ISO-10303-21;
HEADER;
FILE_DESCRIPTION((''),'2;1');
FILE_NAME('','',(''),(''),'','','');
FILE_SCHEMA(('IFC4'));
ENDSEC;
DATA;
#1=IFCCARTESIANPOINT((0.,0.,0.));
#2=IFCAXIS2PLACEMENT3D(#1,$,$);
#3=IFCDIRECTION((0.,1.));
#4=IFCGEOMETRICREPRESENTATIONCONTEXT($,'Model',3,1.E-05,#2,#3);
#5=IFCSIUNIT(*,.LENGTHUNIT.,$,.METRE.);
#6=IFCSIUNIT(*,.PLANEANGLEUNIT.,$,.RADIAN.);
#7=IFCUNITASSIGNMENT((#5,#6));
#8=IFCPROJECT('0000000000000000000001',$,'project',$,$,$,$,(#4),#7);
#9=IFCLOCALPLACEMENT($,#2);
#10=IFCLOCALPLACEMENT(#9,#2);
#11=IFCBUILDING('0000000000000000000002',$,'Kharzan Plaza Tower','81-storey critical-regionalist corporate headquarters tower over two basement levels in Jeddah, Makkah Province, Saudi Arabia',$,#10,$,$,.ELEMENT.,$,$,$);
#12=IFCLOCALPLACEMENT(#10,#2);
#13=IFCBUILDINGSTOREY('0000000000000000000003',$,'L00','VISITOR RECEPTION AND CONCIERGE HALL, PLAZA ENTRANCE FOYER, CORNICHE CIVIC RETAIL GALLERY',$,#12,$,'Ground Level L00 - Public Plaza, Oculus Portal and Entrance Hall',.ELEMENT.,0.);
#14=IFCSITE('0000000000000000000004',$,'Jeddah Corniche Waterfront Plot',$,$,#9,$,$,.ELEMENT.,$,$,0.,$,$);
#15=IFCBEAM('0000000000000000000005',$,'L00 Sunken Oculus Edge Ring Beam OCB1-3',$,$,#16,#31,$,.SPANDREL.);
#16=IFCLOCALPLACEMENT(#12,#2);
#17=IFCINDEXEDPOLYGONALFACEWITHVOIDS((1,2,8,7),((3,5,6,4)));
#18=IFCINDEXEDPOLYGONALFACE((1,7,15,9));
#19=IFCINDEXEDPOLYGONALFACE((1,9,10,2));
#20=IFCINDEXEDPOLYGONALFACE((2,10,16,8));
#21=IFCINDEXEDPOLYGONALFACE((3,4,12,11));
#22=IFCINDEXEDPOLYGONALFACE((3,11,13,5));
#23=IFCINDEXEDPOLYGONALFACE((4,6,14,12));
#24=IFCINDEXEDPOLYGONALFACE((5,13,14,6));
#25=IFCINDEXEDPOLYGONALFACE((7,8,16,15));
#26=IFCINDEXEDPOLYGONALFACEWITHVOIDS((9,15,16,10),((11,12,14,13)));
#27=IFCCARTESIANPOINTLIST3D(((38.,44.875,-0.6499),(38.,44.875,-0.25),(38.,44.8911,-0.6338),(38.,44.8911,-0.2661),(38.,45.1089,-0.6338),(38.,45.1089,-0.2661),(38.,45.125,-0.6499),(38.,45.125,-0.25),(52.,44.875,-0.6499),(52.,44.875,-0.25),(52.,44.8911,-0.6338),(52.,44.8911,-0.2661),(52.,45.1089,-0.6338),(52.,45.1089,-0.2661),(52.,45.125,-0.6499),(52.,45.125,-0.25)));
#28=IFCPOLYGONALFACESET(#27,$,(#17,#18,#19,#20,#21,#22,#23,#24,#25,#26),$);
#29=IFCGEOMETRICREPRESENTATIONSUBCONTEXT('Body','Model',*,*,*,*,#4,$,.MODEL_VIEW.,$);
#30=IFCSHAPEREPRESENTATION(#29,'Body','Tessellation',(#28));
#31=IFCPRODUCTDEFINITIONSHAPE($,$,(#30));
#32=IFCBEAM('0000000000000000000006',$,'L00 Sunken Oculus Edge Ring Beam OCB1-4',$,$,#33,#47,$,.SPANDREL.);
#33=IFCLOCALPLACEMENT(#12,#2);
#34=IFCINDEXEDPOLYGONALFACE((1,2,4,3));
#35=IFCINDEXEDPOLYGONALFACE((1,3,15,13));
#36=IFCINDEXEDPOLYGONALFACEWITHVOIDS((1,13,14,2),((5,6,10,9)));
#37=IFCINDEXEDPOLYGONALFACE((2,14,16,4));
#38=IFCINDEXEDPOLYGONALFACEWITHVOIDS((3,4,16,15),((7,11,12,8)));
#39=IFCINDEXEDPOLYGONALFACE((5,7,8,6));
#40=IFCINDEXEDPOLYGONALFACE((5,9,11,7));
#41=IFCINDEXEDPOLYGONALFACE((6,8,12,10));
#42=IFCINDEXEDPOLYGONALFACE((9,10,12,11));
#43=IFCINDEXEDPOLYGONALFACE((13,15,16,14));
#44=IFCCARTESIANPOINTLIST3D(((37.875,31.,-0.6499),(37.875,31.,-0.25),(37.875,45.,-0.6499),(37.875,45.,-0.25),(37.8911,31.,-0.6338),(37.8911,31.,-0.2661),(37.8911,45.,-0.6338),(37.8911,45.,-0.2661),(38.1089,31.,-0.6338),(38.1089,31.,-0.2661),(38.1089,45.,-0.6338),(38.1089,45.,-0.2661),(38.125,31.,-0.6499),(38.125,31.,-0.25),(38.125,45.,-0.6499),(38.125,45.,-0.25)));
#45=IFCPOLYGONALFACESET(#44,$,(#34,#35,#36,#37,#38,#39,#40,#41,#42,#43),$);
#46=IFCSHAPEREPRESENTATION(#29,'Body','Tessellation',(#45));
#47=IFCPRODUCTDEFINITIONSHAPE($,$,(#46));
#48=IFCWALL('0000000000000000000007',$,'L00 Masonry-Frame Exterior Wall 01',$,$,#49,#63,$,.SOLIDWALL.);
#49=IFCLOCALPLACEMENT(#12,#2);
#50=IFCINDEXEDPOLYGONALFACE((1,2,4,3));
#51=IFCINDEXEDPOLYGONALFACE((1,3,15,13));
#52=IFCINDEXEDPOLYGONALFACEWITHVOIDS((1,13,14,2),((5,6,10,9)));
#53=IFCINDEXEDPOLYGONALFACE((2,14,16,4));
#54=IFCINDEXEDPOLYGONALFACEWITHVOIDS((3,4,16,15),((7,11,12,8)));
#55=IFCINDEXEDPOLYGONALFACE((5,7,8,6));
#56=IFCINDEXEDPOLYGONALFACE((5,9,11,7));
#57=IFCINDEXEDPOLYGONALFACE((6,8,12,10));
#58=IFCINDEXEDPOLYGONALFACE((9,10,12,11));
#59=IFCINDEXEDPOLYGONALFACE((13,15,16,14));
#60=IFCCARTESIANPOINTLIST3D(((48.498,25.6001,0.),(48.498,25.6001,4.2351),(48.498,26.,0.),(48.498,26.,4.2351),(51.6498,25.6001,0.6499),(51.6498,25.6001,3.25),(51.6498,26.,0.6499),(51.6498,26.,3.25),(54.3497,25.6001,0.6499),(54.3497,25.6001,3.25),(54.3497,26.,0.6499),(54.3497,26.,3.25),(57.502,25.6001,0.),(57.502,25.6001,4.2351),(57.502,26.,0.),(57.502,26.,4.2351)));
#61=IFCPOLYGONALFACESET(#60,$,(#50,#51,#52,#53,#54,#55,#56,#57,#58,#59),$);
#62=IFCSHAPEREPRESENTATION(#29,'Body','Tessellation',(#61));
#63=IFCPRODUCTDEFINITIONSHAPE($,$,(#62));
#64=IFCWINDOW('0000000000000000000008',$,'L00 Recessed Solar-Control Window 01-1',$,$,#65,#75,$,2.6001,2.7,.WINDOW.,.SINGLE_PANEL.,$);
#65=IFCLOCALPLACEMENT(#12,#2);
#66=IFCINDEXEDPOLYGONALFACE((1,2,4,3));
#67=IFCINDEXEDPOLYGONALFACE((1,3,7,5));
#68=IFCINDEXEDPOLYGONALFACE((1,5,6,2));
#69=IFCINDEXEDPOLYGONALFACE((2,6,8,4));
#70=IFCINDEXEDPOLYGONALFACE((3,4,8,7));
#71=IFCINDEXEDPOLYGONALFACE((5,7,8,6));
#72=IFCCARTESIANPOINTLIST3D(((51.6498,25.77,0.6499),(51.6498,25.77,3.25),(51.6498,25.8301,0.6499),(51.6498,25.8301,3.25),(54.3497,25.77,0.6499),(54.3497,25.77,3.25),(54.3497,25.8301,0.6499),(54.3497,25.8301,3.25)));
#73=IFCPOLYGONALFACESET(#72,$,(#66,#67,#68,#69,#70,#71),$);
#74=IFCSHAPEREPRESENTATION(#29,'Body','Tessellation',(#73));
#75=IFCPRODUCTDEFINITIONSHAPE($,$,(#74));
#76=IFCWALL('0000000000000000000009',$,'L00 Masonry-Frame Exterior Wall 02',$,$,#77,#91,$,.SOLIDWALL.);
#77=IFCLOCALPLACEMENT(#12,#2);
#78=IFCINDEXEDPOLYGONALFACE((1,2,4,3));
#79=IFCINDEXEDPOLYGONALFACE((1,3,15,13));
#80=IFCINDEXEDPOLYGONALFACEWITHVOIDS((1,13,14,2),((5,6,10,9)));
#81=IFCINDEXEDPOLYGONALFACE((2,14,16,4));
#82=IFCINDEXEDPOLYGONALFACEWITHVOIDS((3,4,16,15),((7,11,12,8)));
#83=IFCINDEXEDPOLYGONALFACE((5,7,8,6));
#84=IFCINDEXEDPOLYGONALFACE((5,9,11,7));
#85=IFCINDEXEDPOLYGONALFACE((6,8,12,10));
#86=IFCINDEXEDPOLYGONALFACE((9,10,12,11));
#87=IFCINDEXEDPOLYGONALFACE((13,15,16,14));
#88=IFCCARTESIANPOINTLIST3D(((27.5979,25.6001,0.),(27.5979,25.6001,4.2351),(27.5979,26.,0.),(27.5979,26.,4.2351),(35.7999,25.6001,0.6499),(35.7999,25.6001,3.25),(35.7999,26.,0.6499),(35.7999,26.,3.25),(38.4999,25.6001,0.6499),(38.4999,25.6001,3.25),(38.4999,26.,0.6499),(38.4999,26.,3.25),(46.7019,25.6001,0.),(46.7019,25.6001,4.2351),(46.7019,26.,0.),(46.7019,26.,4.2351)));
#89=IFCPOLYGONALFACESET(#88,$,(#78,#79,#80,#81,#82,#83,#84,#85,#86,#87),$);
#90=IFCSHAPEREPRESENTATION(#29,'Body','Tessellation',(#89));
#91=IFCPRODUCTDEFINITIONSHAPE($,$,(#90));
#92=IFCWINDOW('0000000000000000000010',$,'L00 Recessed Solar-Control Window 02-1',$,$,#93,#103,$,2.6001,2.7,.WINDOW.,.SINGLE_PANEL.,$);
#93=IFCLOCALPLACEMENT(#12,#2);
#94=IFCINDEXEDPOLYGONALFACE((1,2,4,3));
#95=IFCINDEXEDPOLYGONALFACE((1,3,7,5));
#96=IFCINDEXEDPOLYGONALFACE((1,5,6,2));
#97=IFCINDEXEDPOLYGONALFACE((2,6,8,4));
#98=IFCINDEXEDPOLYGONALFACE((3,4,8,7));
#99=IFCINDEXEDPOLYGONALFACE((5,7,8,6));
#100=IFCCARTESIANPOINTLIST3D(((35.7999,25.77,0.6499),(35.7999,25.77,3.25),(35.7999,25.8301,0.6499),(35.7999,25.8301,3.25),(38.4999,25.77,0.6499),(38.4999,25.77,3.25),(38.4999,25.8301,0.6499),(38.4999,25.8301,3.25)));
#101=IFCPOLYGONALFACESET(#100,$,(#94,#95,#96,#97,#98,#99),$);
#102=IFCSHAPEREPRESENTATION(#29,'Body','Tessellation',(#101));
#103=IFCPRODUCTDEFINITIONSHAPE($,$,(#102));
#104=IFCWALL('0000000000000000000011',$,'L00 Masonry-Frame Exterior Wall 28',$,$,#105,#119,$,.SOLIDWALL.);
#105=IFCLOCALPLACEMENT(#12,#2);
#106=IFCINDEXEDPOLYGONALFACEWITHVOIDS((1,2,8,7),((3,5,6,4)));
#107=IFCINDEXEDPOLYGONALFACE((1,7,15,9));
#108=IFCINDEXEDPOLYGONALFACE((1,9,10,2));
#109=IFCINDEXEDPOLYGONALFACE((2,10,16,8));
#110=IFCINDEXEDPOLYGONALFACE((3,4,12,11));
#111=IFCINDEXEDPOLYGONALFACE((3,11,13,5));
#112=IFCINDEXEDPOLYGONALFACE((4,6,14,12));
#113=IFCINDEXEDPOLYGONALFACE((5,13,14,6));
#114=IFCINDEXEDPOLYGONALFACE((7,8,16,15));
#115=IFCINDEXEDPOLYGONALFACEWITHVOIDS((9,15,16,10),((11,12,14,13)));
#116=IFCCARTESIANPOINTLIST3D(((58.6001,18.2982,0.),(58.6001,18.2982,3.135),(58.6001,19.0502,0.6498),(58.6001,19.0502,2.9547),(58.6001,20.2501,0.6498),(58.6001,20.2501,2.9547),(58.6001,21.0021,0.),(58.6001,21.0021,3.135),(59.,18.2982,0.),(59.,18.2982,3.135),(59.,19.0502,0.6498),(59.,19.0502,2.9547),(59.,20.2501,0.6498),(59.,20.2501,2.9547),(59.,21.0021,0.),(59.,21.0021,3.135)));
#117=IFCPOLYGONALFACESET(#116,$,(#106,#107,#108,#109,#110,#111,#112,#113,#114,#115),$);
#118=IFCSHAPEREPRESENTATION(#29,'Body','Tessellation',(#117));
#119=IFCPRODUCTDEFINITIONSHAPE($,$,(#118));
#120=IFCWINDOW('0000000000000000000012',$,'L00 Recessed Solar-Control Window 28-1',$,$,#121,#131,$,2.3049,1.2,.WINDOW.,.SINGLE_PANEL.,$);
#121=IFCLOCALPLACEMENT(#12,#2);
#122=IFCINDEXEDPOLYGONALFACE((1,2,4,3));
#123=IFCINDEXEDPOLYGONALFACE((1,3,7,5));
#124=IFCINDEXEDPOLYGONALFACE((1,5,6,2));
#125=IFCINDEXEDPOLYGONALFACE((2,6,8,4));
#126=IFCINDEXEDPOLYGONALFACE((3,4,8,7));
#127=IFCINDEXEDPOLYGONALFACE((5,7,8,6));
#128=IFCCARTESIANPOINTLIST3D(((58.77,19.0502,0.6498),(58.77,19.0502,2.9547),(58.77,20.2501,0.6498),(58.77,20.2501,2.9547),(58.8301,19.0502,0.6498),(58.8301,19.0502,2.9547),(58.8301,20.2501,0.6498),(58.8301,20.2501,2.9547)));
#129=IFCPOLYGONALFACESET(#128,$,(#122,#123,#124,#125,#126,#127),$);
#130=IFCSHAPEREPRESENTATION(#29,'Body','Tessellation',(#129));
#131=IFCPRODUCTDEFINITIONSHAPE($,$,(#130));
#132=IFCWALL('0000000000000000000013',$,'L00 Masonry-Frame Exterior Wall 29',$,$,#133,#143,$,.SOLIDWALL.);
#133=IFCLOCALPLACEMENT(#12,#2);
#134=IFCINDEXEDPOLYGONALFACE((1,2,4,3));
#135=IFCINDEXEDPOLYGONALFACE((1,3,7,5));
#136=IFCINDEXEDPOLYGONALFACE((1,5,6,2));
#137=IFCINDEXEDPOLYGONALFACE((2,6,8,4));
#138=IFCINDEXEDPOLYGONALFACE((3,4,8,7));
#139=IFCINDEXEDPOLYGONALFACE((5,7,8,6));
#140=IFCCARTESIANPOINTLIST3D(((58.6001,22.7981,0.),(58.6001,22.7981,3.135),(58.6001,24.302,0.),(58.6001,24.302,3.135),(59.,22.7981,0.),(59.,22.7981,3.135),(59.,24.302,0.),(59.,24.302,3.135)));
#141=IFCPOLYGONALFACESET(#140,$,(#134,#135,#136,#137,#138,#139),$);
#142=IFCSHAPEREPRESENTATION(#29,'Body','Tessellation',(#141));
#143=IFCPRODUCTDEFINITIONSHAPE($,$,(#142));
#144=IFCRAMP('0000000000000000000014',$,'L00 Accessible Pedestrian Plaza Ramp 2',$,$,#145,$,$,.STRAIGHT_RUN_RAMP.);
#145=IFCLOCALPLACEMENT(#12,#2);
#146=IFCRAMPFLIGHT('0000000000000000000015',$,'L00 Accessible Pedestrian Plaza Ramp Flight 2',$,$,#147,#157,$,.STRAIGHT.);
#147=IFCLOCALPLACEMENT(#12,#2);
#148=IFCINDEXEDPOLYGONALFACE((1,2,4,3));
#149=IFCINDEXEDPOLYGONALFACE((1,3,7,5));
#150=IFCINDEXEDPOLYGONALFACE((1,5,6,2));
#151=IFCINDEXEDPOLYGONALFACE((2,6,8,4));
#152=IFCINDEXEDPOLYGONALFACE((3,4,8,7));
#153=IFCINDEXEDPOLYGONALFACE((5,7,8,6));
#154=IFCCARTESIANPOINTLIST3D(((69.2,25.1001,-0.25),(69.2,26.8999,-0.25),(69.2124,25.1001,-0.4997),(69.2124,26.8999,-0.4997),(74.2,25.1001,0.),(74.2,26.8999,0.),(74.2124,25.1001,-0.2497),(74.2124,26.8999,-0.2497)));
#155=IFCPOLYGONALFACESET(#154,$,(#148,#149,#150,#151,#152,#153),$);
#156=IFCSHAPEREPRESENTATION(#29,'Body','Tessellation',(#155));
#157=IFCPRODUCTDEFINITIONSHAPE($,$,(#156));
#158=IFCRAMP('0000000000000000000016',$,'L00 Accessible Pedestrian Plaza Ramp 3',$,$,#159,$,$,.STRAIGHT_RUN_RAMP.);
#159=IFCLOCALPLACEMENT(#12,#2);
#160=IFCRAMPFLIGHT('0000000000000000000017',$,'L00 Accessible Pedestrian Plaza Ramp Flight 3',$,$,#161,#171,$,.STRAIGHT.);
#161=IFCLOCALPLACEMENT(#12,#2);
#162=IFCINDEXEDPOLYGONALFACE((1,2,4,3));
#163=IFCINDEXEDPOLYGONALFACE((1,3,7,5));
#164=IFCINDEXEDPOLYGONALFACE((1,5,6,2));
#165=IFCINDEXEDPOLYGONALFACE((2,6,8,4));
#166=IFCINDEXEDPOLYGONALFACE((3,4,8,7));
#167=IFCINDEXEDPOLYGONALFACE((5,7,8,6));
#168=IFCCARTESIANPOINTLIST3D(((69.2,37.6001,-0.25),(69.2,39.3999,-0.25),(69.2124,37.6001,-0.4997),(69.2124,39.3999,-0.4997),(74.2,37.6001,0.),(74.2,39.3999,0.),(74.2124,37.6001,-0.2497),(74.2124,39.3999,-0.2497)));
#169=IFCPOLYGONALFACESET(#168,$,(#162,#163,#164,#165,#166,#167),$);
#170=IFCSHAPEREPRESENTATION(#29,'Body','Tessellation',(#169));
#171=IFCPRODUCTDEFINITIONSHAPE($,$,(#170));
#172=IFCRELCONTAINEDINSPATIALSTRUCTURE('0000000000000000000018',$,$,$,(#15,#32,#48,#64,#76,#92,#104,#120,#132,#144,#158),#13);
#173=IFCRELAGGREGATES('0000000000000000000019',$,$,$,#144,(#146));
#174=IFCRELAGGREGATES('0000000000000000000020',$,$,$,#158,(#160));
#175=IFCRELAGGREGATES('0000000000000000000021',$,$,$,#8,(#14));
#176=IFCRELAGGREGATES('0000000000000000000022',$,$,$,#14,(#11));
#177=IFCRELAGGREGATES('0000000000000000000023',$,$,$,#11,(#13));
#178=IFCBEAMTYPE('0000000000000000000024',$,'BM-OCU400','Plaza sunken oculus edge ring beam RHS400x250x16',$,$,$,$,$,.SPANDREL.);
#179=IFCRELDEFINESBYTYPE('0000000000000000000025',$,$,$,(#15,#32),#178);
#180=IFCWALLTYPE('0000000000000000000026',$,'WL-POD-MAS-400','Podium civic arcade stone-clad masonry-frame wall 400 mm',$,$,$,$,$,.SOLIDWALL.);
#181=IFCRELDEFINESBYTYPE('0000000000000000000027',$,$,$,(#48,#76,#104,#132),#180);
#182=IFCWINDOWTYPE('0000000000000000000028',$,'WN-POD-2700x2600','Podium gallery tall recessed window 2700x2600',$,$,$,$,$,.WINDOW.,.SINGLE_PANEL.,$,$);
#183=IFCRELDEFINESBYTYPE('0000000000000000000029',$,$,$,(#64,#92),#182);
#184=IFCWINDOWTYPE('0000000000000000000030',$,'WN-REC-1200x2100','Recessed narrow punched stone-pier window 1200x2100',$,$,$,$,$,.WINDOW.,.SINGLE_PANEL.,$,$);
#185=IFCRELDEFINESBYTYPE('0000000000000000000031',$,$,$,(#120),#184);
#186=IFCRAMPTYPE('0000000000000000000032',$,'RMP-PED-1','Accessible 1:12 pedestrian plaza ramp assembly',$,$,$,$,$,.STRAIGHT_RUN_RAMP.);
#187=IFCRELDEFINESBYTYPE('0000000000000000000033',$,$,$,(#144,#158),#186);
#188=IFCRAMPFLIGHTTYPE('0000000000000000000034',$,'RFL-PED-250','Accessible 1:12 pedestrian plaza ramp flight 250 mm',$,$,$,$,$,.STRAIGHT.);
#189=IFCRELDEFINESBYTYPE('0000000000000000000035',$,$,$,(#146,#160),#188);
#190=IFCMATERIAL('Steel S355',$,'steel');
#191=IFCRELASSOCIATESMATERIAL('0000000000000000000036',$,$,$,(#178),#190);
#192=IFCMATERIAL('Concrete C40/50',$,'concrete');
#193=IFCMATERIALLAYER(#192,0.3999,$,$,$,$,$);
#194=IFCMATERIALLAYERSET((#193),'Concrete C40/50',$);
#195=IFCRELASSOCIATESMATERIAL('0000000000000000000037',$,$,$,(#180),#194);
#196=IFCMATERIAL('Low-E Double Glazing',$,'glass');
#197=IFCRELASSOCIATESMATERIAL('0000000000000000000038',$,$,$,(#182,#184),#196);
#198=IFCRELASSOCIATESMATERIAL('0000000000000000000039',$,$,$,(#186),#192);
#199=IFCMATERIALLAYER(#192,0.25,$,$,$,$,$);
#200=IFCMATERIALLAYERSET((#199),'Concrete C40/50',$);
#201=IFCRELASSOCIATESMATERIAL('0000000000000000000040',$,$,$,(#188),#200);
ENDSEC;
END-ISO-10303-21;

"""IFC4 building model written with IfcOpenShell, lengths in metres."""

from ifc_helpers import new_model, si_unit, direction, frame, frame_2d, origin, origin_2d, place, context, subcontext, project, spatial, polyline, rectangle, hollow_rectangle, outline, extrude, source, transform, mapped, material, layer, layer_set, material_profile, profile_set, type_object, element, fill, aggregate, save


model = new_model("IFC4")

# Units and contexts
model_context = context("Model", 3, precision=1e-05, world=origin(), true_north=direction((0.0, 1.0)))
body_context = subcontext(model_context, "Body", "Model", "MODEL_VIEW")
ifc_project = project(units=[si_unit("LENGTHUNIT", "METRE"), si_unit("PLANEANGLEUNIT", "RADIAN")], contexts=[model_context])

# Site, building, storey
site_placement = place(None, origin())
site = spatial("IfcSite", under=ifc_project, at=site_placement, Name="Jeddah Corniche Waterfront Plot", CompositionType="ELEMENT", RefElevation=0.0)
building_placement = place(site_placement, origin())
building = spatial("IfcBuilding", under=site, at=building_placement, Name="Kharzan Plaza Tower", Description="81-storey critical-regionalist corporate headquarters tower over two basement levels in Jeddah, Makkah Province, Saudi Arabia", CompositionType="ELEMENT")
storey_placement = place(building_placement, origin())
storey = spatial("IfcBuildingStorey", under=building, at=storey_placement, Name="L00", Description="VISITOR RECEPTION AND CONCIERGE HALL, PLAZA ENTRANCE FOYER, CORNICHE CIVIC RETAIL GALLERY", LongName="Ground Level L00 - Public Plaza, Oculus Portal and Entrance Hall", CompositionType="ELEMENT", Elevation=0.0)

# Beams
ifc_material_1 = material(Name="Steel S355", Category="steel")
ifc_material_profile_1 = material_profile(ifc_material_1, hollow_rectangle(XDim=0.25, YDim=0.3999, WallThickness=0.0161, at=origin_2d()), Name="RHS400x250x16")
ifc_profile_set_1 = profile_set([ifc_material_profile_1], Name="Steel S355")
beam_type_1 = type_object("IfcBeamType", Name="BM-OCU400", Description="Plaza sunken oculus edge ring beam RHS400x250x16", PredefinedType="SPANDREL", material=ifc_profile_set_1)
shared_shape_1 = source(origin(), body_context, "Body", "SweptSolid", [
    extrude(hollow_rectangle(XDim=0.25, YDim=0.3999, WallThickness=0.0161, at=origin_2d()), origin(), (0.0, 0.0, 1.0), 14.0),
])
for number, where, z_axis, x_axis, name in (
    (1, (52.0, 45.0, -0.45), (-1.0, 0.0, 0.0), (0.0, -1.0, 0.0), "L00 Sunken Oculus Edge Ring Beam OCB1-3"),
    (2, (38.0, 45.0, -0.45), (0.0, -1.0, 0.0), (1.0, 0.0, 0.0), "L00 Sunken Oculus Edge Ring Beam OCB1-4"),
):
    element("IfcBeam", number, at=place(storey_placement, frame(where, z_axis=z_axis, x_axis=x_axis)), inside=storey, type_object=beam_type_1, Name=name, PredefinedType="SPANDREL", context=body_context, shape_type="MappedRepresentation", body=[
        mapped(shared_shape_1, transform((0.0, 0.0, 0.0), x_axis=(1.0, 0.0, 0.0), y_axis=(0.0, 1.0, 0.0), z_axis=(0.0, 0.0, 1.0))),
    ])

# Walls, openings, windows
ifc_material_2 = material(Name="Concrete C40/50", Category="concrete")
ifc_layer_1 = layer(ifc_material_2, 0.3999)
ifc_layer_set_1 = layer_set([ifc_layer_1], Name="Concrete C40/50")
wall_type = type_object("IfcWallType", Name="WL-POD-MAS-400", Description="Podium civic arcade stone-clad masonry-frame wall 400 mm", PredefinedType="SOLIDWALL", material=ifc_layer_set_1)
wall_1_placement = place(storey_placement, frame((57.502, 25.8, 0.0), z_axis=(0.0, 0.0, 1.0), x_axis=(-1.0, 0.0, 0.0)))
wall_1 = element("IfcWall", 3, at=wall_1_placement, inside=storey, type_object=wall_type, Name="L00 Masonry-Frame Exterior Wall 01", PredefinedType="SOLIDWALL", context=body_context, shape_type="SweptSolid", body=[
    extrude(rectangle(XDim=9.0039, YDim=0.3999, at=frame_2d((4.502, 0.0))), origin(), (0.0, 0.0, 1.0), 4.2351),
])
opening_1_placement = place(wall_1_placement, frame((3.1521, 0.0, 0.6499)))
opening_1 = element("IfcOpeningElement", 4, at=opening_1_placement, cuts=wall_1, PredefinedType="OPENING", context=body_context, shape_type="SweptSolid", body=[
    extrude(rectangle(XDim=2.7, YDim=2.6001, at=frame_2d((1.3501, 1.3))), frame((0.0, 0.21, 0.0), z_axis=(0.0, -1.0, 0.0), x_axis=(1.0, 0.0, 0.0)), (0.0, 0.0, 1.0), 0.4199),
])
ifc_material_3 = material(Name="Low-E Double Glazing", Category="glass")
window_type_1 = type_object("IfcWindowType", Name="WN-POD-2700x2600", Description="Podium gallery tall recessed window 2700x2600", PartitioningType="SINGLE_PANEL", PredefinedType="WINDOW", material=ifc_material_3)
shared_shape_2 = source(origin(), body_context, "Body", "SweptSolid", [
    extrude(rectangle(XDim=2.7, YDim=2.6001, at=frame_2d((1.3501, 1.3))), frame((0.0, 0.03, 0.0), z_axis=(0.0, -1.0, 0.0), x_axis=(1.0, 0.0, 0.0)), (0.0, 0.0, 1.0), 0.0601),
])
window_1_placement = place(opening_1_placement, origin())
window_1 = element("IfcWindow", 5, at=window_1_placement, inside=storey, type_object=window_type_1, Name="L00 Recessed Solar-Control Window 01-1", OverallHeight=2.6001, OverallWidth=2.7, PartitioningType="SINGLE_PANEL", PredefinedType="WINDOW", context=body_context, shape_type="MappedRepresentation", body=[
    mapped(shared_shape_2, transform((0.0, 0.0, 0.0), x_axis=(1.0, 0.0, 0.0), y_axis=(0.0, 1.0, 0.0), z_axis=(0.0, 0.0, 1.0))),
])
fill(opening_1, window_1)
wall_2_placement = place(storey_placement, frame((46.7019, 25.8, 0.0), z_axis=(0.0, 0.0, 1.0), x_axis=(-1.0, 0.0, 0.0)))
wall_2 = element("IfcWall", 6, at=wall_2_placement, inside=storey, type_object=wall_type, Name="L00 Masonry-Frame Exterior Wall 02", PredefinedType="SOLIDWALL", context=body_context, shape_type="SweptSolid", body=[
    extrude(rectangle(XDim=19.104, YDim=0.3999, at=frame_2d((9.552, 0.0))), origin(), (0.0, 0.0, 1.0), 4.2351),
])
opening_2_placement = place(wall_2_placement, frame((8.2019, 0.0, 0.6499)))
opening_2 = element("IfcOpeningElement", 7, at=opening_2_placement, cuts=wall_2, PredefinedType="OPENING", context=body_context, shape_type="SweptSolid", body=[
    extrude(rectangle(XDim=2.7, YDim=2.6001, at=frame_2d((1.3501, 1.3))), frame((0.0, 0.21, 0.0), z_axis=(0.0, -1.0, 0.0), x_axis=(1.0, 0.0, 0.0)), (0.0, 0.0, 1.0), 0.4199),
])
window_2_placement = place(opening_2_placement, origin())
window_2 = element("IfcWindow", 8, at=window_2_placement, inside=storey, type_object=window_type_1, Name="L00 Recessed Solar-Control Window 02-1", OverallHeight=2.6001, OverallWidth=2.7, PartitioningType="SINGLE_PANEL", PredefinedType="WINDOW", context=body_context, shape_type="MappedRepresentation", body=[
    mapped(shared_shape_2, transform((0.0, 0.0, 0.0), x_axis=(1.0, 0.0, 0.0), y_axis=(0.0, 1.0, 0.0), z_axis=(0.0, 0.0, 1.0))),
])
fill(opening_2, window_2)
wall_3_placement = place(storey_placement, frame((58.8, 18.2981, 0.0), z_axis=(0.0, 0.0, 1.0), x_axis=(0.0, 1.0, 0.0)))
wall_3 = element("IfcWall", 9, at=wall_3_placement, inside=storey, type_object=wall_type, Name="L00 Masonry-Frame Exterior Wall 28", PredefinedType="SOLIDWALL", context=body_context, shape_type="SweptSolid", body=[
    extrude(rectangle(XDim=2.7039, YDim=0.3999, at=frame_2d((1.3521, 0.0))), origin(), (0.0, 0.0, 1.0), 3.135),
])
opening_3_placement = place(wall_3_placement, frame((0.752, 0.0, 0.6499)))
opening_3 = element("IfcOpeningElement", 10, at=opening_3_placement, cuts=wall_3, PredefinedType="OPENING", context=body_context, shape_type="SweptSolid", body=[
    extrude(rectangle(XDim=1.2, YDim=2.3049, at=frame_2d((0.6001, 1.1523))), frame((0.0, 0.21, 0.0), z_axis=(0.0, -1.0, 0.0), x_axis=(1.0, 0.0, 0.0)), (0.0, 0.0, 1.0), 0.4199),
])
window_type_2 = type_object("IfcWindowType", Name="WN-REC-1200x2100", Description="Recessed narrow punched stone-pier window 1200x2100", PartitioningType="SINGLE_PANEL", PredefinedType="WINDOW", material=ifc_material_3)
shared_shape_3 = source(origin(), body_context, "Body", "SweptSolid", [
    extrude(rectangle(XDim=1.2, YDim=2.3049, at=frame_2d((0.6001, 1.1523))), frame((0.0, 0.03, 0.0), z_axis=(0.0, -1.0, 0.0), x_axis=(1.0, 0.0, 0.0)), (0.0, 0.0, 1.0), 0.0601),
])
window_3_placement = place(opening_3_placement, origin())
window_3 = element("IfcWindow", 11, at=window_3_placement, inside=storey, type_object=window_type_2, Name="L00 Recessed Solar-Control Window 28-1", OverallHeight=2.3049, OverallWidth=1.2, PartitioningType="SINGLE_PANEL", PredefinedType="WINDOW", context=body_context, shape_type="MappedRepresentation", body=[
    mapped(shared_shape_3, transform((0.0, 0.0, 0.0), x_axis=(1.0, 0.0, 0.0), y_axis=(0.0, 1.0, 0.0), z_axis=(0.0, 0.0, 1.0))),
])
fill(opening_3, window_3)

# Wall
shared_shape_4 = source(origin(), body_context, "Body", "SweptSolid", [
    extrude(rectangle(XDim=1.5039, YDim=0.3999, at=frame_2d((0.752, 0.0))), origin(), (0.0, 0.0, 1.0), 3.135),
])
wall_4_placement = place(storey_placement, frame((58.8, 22.7981, 0.0), z_axis=(0.0, 0.0, 1.0), x_axis=(0.0, 1.0, 0.0)))
element("IfcWall", 12, at=wall_4_placement, inside=storey, type_object=wall_type, Name="L00 Masonry-Frame Exterior Wall 29", PredefinedType="SOLIDWALL", context=body_context, shape_type="MappedRepresentation", body=[
    mapped(shared_shape_4, transform((0.0, 0.0, 0.0), x_axis=(1.0, 0.0, 0.0), y_axis=(0.0, 1.0, 0.0), z_axis=(0.0, 0.0, 1.0))),
])

# Ramps, ramp flights
ramp_type = type_object("IfcRampType", Name="RMP-PED-1", Description="Accessible 1:12 pedestrian plaza ramp assembly", PredefinedType="STRAIGHT_RUN_RAMP", material=ifc_material_2)
ramp_1_placement = place(storey_placement, origin())
ramp_1 = element("IfcRamp", 13, at=ramp_1_placement, inside=storey, type_object=ramp_type, Name="L00 Accessible Pedestrian Plaza Ramp 2", PredefinedType="STRAIGHT_RUN_RAMP")
ifc_layer_2 = layer(ifc_material_2, 0.25)
ifc_layer_set_2 = layer_set([ifc_layer_2], Name="Concrete C40/50")
ramp_flight_type = type_object("IfcRampFlightType", Name="RFL-PED-250", Description="Accessible 1:12 pedestrian plaza ramp flight 250 mm", PredefinedType="STRAIGHT", material=ifc_layer_set_2)
ramp_flight_1_placement = place(storey_placement, frame((69.2, 25.1001, -0.25), z_axis=(-0.049938, 0.0, 0.998752), x_axis=(0.998752, 0.0, 0.049938)))
ramp_flight_1 = element("IfcRampFlight", 14, at=ramp_flight_1_placement, type_object=ramp_flight_type, Name="L00 Accessible Pedestrian Plaza Ramp Flight 2", PredefinedType="STRAIGHT", context=body_context, shape_type="SweptSolid", body=[
    extrude(outline(polyline([(0.0, 0.0), (5.0062, 0.0), (5.0062, 1.7998), (0.0, 1.7998), (0.0, 0.0)])), origin(), (0.0, 0.0, -1.0), 0.25),
])
aggregate(ramp_1, [ramp_flight_1])
ramp_2_placement = place(storey_placement, origin())
ramp_2 = element("IfcRamp", 15, at=ramp_2_placement, inside=storey, type_object=ramp_type, Name="L00 Accessible Pedestrian Plaza Ramp 3", PredefinedType="STRAIGHT_RUN_RAMP")
ramp_flight_2_placement = place(storey_placement, frame((69.2, 37.6001, -0.25), z_axis=(-0.049938, 0.0, 0.998752), x_axis=(0.998752, 0.0, 0.049938)))
ramp_flight_2 = element("IfcRampFlight", 16, at=ramp_flight_2_placement, type_object=ramp_flight_type, Name="L00 Accessible Pedestrian Plaza Ramp Flight 3", PredefinedType="STRAIGHT", context=body_context, shape_type="SweptSolid", body=[
    extrude(outline(polyline([(0.0, 0.0), (5.0062, 0.0), (5.0062, 1.7998), (0.0, 1.7998), (0.0, 0.0)])), origin(), (0.0, 0.0, -1.0), 0.25),
])
aggregate(ramp_2, [ramp_flight_2])

save(model, "model.ifc")
